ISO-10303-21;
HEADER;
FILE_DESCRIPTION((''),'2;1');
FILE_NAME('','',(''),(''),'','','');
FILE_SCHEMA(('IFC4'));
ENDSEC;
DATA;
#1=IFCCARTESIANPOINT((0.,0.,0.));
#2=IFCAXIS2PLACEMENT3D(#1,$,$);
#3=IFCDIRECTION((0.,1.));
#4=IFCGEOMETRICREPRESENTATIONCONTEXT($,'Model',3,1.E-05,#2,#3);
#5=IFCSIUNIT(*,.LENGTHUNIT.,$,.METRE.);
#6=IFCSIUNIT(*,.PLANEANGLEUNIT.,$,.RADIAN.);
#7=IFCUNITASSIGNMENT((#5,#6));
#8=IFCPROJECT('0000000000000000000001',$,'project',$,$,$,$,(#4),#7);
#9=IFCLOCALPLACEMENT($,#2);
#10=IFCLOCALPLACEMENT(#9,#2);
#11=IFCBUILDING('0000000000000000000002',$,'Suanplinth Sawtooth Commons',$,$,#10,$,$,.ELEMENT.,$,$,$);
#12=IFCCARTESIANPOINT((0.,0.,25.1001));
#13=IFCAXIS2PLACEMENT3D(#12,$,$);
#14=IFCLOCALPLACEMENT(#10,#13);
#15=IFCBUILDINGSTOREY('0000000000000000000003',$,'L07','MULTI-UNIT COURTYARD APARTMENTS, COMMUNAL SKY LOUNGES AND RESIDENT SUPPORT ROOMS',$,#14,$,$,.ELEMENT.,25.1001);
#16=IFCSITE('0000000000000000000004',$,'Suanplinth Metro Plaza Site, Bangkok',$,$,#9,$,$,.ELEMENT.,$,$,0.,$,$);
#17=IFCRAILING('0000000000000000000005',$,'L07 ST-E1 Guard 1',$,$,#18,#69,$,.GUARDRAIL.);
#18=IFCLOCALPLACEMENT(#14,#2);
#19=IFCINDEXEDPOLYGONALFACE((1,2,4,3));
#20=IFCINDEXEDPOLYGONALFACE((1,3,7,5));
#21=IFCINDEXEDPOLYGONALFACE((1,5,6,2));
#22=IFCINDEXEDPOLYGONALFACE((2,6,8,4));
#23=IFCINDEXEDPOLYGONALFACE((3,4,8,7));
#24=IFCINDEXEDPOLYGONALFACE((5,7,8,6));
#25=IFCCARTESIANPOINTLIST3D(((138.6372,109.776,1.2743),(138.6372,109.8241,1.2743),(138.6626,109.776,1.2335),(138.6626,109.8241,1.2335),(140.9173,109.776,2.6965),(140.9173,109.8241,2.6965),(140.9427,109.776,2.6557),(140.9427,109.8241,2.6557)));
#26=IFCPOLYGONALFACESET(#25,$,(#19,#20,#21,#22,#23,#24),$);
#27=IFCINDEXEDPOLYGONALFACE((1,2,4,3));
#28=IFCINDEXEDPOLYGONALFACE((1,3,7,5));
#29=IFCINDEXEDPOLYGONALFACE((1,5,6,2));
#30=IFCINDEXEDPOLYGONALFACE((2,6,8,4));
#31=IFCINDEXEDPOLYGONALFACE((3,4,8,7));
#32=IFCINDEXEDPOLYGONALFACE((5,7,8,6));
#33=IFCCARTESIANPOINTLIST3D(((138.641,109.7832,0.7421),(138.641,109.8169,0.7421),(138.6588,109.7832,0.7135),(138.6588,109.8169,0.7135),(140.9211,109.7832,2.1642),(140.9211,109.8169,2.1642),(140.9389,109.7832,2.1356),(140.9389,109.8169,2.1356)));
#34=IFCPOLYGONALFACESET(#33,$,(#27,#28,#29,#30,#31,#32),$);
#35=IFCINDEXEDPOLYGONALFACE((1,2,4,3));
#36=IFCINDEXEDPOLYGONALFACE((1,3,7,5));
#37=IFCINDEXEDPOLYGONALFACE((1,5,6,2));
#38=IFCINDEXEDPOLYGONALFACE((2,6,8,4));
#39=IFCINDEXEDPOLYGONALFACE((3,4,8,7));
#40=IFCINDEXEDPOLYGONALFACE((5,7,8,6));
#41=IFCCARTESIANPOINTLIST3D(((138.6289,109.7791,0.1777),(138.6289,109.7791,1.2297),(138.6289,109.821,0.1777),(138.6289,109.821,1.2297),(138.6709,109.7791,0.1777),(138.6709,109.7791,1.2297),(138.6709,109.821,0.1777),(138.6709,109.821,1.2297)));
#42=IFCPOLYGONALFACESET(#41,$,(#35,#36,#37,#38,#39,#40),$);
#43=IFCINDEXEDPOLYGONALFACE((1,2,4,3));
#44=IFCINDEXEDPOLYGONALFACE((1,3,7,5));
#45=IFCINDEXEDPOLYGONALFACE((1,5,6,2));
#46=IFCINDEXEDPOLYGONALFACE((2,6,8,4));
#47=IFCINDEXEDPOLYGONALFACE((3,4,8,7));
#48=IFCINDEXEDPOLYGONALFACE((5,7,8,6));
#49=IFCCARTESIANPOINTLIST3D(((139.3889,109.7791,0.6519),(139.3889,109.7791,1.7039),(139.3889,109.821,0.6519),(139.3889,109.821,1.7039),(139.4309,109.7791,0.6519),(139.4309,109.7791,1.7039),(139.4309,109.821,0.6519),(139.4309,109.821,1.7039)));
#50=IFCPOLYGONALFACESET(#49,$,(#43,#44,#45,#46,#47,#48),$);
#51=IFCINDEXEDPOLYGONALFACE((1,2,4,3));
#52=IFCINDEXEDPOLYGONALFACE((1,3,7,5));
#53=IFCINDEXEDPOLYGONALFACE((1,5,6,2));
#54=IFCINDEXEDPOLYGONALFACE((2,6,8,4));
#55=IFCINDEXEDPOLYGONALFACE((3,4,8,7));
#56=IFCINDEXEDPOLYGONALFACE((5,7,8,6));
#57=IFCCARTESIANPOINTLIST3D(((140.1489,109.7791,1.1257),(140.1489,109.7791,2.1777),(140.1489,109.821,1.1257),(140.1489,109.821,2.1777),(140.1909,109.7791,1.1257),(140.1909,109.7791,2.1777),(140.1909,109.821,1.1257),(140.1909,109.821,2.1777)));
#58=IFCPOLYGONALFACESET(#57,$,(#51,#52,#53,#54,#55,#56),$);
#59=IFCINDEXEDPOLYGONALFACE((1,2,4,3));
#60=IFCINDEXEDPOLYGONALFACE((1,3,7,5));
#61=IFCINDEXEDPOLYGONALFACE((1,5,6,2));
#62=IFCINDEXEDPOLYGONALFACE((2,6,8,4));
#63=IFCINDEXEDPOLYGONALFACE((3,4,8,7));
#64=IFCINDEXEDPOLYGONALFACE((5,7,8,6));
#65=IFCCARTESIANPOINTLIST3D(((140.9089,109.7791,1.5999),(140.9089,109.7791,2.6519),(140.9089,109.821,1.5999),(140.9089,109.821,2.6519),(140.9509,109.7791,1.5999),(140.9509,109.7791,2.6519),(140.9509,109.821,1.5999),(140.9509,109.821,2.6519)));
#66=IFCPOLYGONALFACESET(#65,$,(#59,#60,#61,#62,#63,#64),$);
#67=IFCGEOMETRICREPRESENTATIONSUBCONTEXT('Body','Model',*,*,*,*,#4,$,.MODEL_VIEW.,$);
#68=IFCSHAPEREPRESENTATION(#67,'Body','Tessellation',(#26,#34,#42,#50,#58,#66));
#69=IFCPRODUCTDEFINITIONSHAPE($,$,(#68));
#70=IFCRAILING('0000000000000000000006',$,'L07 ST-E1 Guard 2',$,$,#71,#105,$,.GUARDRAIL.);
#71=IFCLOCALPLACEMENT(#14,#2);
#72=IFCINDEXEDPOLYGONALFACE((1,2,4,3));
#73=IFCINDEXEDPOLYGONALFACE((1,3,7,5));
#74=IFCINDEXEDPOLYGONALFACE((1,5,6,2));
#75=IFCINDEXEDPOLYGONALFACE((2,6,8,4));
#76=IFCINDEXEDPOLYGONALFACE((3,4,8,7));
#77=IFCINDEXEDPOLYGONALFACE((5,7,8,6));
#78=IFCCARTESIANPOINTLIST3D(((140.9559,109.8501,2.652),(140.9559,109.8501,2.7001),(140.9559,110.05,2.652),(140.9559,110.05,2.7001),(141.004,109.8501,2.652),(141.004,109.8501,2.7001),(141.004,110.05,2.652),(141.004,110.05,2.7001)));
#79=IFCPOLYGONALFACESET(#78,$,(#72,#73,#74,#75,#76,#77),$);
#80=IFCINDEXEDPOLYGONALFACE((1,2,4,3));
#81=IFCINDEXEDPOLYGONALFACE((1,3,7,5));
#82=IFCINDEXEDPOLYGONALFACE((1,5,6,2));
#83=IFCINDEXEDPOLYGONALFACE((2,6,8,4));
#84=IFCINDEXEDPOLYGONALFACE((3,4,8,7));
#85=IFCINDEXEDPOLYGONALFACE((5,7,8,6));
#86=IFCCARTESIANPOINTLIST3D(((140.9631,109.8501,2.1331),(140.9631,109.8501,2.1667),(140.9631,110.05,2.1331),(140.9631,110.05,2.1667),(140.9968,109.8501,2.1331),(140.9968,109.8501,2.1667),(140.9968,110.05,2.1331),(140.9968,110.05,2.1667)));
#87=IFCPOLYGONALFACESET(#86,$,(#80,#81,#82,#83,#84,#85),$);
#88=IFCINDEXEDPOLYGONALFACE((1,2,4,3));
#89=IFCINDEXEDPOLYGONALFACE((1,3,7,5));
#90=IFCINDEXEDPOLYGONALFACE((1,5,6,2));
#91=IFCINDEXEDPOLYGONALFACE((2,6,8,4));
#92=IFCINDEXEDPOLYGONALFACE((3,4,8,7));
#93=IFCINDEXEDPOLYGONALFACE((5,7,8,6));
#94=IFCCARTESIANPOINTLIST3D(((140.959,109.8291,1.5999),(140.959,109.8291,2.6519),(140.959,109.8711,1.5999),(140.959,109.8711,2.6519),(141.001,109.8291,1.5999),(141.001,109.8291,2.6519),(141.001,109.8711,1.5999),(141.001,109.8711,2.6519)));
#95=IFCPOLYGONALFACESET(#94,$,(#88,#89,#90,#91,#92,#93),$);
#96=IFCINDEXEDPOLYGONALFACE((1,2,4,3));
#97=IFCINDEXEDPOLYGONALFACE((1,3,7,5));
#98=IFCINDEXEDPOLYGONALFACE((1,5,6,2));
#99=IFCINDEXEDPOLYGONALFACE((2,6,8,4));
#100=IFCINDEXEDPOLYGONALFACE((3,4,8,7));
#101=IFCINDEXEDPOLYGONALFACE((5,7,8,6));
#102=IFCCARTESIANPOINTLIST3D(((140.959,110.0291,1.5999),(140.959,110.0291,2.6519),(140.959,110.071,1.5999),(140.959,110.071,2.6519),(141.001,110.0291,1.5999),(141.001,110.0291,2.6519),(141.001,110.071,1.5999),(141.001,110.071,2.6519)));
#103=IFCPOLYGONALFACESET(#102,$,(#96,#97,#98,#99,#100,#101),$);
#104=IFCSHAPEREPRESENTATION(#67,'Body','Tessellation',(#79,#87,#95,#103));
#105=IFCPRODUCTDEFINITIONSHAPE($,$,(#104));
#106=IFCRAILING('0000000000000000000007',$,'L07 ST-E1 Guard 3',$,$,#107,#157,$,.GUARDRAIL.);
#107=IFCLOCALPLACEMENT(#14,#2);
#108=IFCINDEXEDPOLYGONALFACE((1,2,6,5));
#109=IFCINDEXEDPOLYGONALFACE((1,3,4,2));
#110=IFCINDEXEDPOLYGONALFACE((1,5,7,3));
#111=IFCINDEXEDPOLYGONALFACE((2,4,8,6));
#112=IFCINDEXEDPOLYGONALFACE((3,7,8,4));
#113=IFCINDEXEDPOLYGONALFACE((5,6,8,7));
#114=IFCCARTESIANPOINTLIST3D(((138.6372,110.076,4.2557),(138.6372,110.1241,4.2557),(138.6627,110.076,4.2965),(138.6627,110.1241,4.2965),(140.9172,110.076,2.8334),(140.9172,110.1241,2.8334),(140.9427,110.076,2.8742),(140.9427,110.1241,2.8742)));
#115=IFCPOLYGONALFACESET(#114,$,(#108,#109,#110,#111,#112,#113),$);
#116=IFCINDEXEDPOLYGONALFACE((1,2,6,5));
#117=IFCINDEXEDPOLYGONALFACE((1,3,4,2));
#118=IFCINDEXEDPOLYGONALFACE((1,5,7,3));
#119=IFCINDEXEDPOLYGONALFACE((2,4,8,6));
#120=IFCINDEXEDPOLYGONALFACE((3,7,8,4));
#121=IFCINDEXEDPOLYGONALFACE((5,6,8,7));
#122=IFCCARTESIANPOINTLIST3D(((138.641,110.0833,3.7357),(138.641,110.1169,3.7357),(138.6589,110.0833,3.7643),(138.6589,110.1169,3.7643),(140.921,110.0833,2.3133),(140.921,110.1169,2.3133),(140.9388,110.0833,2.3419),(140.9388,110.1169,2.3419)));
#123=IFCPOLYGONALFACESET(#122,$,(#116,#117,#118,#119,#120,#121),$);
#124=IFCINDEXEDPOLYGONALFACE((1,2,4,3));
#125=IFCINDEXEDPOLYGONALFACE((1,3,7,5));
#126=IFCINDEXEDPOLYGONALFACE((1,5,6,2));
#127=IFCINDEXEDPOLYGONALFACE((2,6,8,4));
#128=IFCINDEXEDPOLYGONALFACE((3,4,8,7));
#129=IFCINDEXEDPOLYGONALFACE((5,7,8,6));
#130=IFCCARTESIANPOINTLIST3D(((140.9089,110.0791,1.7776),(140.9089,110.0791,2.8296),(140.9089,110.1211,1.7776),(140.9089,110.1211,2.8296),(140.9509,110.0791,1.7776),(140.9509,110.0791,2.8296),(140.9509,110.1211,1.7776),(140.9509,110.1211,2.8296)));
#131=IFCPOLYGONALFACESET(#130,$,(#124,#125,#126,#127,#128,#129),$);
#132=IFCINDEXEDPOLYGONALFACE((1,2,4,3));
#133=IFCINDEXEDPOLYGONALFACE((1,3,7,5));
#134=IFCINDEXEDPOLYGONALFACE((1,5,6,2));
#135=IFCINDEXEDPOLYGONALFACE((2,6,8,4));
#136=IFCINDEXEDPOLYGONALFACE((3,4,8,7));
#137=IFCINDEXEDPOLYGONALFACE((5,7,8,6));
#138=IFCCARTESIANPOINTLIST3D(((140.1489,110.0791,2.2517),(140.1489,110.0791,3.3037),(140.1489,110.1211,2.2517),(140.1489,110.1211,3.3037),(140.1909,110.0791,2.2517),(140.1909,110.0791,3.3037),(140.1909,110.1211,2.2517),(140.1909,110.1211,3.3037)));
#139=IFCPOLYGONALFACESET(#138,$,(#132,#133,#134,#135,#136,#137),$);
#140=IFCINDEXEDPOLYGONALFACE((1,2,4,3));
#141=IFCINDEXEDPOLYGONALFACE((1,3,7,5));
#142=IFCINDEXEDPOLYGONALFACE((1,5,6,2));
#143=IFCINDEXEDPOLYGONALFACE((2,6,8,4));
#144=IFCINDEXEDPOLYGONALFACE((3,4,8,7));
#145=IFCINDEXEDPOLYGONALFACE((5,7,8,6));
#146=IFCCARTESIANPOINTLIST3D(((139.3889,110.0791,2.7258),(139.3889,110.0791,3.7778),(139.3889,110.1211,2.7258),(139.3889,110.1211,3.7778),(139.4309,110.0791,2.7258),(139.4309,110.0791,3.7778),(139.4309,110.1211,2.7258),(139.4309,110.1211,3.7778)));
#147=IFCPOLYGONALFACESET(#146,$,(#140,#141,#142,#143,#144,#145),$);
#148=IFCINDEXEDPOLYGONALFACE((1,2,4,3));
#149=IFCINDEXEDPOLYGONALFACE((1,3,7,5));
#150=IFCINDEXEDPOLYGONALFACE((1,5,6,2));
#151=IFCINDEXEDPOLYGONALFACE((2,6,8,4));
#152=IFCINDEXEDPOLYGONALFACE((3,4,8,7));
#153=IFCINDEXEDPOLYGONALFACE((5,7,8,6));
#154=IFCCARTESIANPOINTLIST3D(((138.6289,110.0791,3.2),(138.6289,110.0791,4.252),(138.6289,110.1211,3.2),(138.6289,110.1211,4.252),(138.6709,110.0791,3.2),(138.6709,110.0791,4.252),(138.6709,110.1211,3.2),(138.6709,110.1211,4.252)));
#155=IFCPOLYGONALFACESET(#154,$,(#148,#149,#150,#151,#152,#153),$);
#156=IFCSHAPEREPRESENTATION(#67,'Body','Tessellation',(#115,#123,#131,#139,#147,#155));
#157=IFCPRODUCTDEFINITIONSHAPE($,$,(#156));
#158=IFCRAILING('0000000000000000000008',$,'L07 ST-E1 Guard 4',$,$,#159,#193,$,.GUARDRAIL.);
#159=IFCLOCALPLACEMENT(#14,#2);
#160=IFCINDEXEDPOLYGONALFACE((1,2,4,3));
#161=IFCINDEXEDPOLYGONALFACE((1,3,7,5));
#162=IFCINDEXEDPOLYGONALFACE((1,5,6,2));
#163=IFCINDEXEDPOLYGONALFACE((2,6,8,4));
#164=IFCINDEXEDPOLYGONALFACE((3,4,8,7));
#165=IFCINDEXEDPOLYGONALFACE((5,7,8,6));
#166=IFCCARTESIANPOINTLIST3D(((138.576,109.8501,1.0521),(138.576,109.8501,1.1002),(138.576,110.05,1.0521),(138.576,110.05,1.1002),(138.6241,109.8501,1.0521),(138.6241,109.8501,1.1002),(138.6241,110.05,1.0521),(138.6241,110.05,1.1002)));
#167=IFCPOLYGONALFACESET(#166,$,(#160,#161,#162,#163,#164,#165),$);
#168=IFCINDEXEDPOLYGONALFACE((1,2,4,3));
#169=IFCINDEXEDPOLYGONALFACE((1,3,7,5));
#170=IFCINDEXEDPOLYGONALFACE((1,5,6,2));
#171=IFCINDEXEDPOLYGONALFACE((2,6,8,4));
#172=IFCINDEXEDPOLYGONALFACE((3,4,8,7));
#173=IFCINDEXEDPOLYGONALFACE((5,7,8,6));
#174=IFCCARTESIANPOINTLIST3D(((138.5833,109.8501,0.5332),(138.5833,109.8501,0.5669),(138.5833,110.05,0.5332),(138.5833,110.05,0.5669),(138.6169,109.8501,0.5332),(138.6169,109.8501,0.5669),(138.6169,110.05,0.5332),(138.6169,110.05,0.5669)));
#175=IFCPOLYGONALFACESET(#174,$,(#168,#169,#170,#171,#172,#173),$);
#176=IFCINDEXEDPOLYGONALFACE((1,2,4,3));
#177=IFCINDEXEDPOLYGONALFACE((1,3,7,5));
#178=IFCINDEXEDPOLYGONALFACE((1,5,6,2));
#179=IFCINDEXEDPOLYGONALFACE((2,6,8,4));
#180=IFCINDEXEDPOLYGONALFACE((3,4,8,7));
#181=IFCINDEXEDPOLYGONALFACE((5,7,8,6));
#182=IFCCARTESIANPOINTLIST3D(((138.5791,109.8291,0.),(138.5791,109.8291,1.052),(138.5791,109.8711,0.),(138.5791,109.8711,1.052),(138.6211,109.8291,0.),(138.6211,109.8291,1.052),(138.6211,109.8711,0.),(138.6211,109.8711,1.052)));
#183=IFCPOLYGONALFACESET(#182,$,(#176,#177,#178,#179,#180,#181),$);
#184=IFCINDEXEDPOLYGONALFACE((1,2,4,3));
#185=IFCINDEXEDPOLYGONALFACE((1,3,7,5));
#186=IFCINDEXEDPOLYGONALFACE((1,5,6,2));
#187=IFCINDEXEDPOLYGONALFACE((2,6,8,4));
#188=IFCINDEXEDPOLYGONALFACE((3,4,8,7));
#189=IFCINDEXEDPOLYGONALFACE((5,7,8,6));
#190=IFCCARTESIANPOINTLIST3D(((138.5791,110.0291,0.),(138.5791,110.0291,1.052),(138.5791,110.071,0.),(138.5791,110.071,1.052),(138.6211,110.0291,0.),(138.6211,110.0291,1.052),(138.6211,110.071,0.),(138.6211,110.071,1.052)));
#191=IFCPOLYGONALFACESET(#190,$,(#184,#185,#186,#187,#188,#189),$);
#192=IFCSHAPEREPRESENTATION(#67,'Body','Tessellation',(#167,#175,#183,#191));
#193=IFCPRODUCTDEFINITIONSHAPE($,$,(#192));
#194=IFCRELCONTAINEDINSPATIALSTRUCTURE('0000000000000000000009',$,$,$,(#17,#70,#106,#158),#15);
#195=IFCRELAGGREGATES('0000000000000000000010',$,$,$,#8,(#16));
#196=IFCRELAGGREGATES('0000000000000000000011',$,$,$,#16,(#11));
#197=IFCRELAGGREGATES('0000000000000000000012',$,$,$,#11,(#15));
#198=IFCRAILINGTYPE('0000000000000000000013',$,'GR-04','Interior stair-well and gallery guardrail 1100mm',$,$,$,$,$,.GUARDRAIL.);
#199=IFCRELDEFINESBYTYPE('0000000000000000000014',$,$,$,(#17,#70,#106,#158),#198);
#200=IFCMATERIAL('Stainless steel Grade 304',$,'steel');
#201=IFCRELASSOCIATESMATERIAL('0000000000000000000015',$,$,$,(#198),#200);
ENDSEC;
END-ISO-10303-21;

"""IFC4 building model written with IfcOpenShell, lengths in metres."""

from ifc_helpers import new_model, si_unit, direction, frame, origin, origin_2d, place, context, subcontext, project, spatial, rectangle, extrude, material, type_object, element, save


model = new_model("IFC4")

# Units and contexts
model_context = context("Model", 3, precision=1e-05, world=origin(), true_north=direction((0.0, 1.0)))
body_context = subcontext(model_context, "Body", "Model", "MODEL_VIEW")
ifc_project = project(units=[si_unit("LENGTHUNIT", "METRE"), si_unit("PLANEANGLEUNIT", "RADIAN")], contexts=[model_context])

# Site, building, storey
site_placement = place(None, origin())
site = spatial("IfcSite", under=ifc_project, at=site_placement, Name="Suanplinth Metro Plaza Site, Bangkok", CompositionType="ELEMENT", RefElevation=0.0)
building_placement = place(site_placement, origin())
building = spatial("IfcBuilding", under=site, at=building_placement, Name="Suanplinth Sawtooth Commons", CompositionType="ELEMENT")
storey_placement = place(building_placement, frame((0.0, 0.0, 25.1001)))
storey = spatial("IfcBuildingStorey", under=building, at=storey_placement, Name="L07", Description="MULTI-UNIT COURTYARD APARTMENTS, COMMUNAL SKY LOUNGES AND RESIDENT SUPPORT ROOMS", CompositionType="ELEMENT", Elevation=25.1001)

# Shared definitions
ifc_material_1 = material(Name="Stainless steel Grade 304", Category="steel")

# Railings
railing_type_1 = type_object("IfcRailingType", Name="GR-04", Description="Interior stair-well and gallery guardrail 1100mm", PredefinedType="GUARDRAIL", material=ifc_material_1)
railing_1_placement = place(storey_placement, frame((138.6499, 109.8, 0.1777)))
element("IfcRailing", 1, at=railing_1_placement, inside=storey, type_object=railing_type_1, Name="L07 ST-E1 Guard 1", PredefinedType="GUARDRAIL", context=body_context, shape_type="SweptSolid", body=[
    extrude(rectangle(XDim=0.0481, YDim=0.0481, at=origin_2d()), frame((0.0, 0.0, 1.0762), z_axis=(0.848483, 0.0, 0.529223), x_axis=(0.0, 1.0, 0.0)), (0.0, 0.0, 1.0), 2.6873),
    extrude(rectangle(XDim=0.0337, YDim=0.0337, at=origin_2d()), frame((0.0, 0.0, 0.55), z_axis=(0.848483, 0.0, 0.529223), x_axis=(0.0, 1.0, 0.0)), (0.0, 0.0, 1.0), 2.6873),
    extrude(rectangle(XDim=0.042, YDim=0.042, at=origin_2d()), origin(), (0.0, 0.0, 1.0), 1.052),
    extrude(rectangle(XDim=0.042, YDim=0.042, at=origin_2d()), frame((0.76, 0.0, 0.4741)), (0.0, 0.0, 1.0), 1.052),
    extrude(rectangle(XDim=0.042, YDim=0.042, at=origin_2d()), frame((1.52, 0.0, 0.948)), (0.0, 0.0, 1.0), 1.052),
    extrude(rectangle(XDim=0.042, YDim=0.042, at=origin_2d()), frame((2.28, 0.0, 1.4221)), (0.0, 0.0, 1.0), 1.052),
])
railing_2_placement = place(storey_placement, frame((140.98, 109.8501, 1.5999)))
element("IfcRailing", 2, at=railing_2_placement, inside=storey, type_object=railing_type_1, Name="L07 ST-E1 Guard 2", PredefinedType="GUARDRAIL", context=body_context, shape_type="SweptSolid", body=[
    extrude(rectangle(XDim=0.0481, YDim=0.0481, at=origin_2d()), frame((0.0, 0.0, 1.0762), z_axis=(0.0, 1.0, 0.0), x_axis=(-1.0, 0.0, 0.0)), (0.0, 0.0, 1.0), 0.2),
    extrude(rectangle(XDim=0.0337, YDim=0.0337, at=origin_2d()), frame((0.0, 0.0, 0.55), z_axis=(0.0, 1.0, 0.0), x_axis=(-1.0, 0.0, 0.0)), (0.0, 0.0, 1.0), 0.2),
    extrude(rectangle(XDim=0.042, YDim=0.042, at=origin_2d()), origin(), (0.0, 0.0, 1.0), 1.052),
    extrude(rectangle(XDim=0.042, YDim=0.042, at=origin_2d()), frame((0.0, 0.2, 0.0)), (0.0, 0.0, 1.0), 1.052),
])
railing_3_placement = place(storey_placement, frame((140.9299, 110.1001, 1.7776)))
element("IfcRailing", 3, at=railing_3_placement, inside=storey, type_object=railing_type_1, Name="L07 ST-E1 Guard 3", PredefinedType="GUARDRAIL", context=body_context, shape_type="SweptSolid", body=[
    extrude(rectangle(XDim=0.0481, YDim=0.0481, at=origin_2d()), frame((0.0, 0.0, 1.0762), z_axis=(-0.848442, 0.0, 0.529288), x_axis=(0.0, -1.0, 0.0)), (0.0, 0.0, 1.0), 2.6873),
    extrude(rectangle(XDim=0.0337, YDim=0.0337, at=origin_2d()), frame((0.0, 0.0, 0.55), z_axis=(-0.848442, 0.0, 0.529288), x_axis=(0.0, -1.0, 0.0)), (0.0, 0.0, 1.0), 2.6873),
    extrude(rectangle(XDim=0.042, YDim=0.042, at=origin_2d()), origin(), (0.0, 0.0, 1.0), 1.052),
    extrude(rectangle(XDim=0.042, YDim=0.042, at=origin_2d()), frame((-0.76, 0.0, 0.4741)), (0.0, 0.0, 1.0), 1.052),
    extrude(rectangle(XDim=0.042, YDim=0.042, at=origin_2d()), frame((-1.52, 0.0, 0.9482)), (0.0, 0.0, 1.0), 1.052),
    extrude(rectangle(XDim=0.042, YDim=0.042, at=origin_2d()), frame((-2.28, 0.0, 1.4224)), (0.0, 0.0, 1.0), 1.052),
])
railing_4_placement = place(storey_placement, frame((138.6001, 109.8501, 0.0)))
element("IfcRailing", 4, at=railing_4_placement, inside=storey, type_object=railing_type_1, Name="L07 ST-E1 Guard 4", PredefinedType="GUARDRAIL", context=body_context, shape_type="SweptSolid", body=[
    extrude(rectangle(XDim=0.0481, YDim=0.0481, at=origin_2d()), frame((0.0, 0.0, 1.0762), z_axis=(0.0, 1.0, 0.0), x_axis=(-1.0, 0.0, 0.0)), (0.0, 0.0, 1.0), 0.2),
    extrude(rectangle(XDim=0.0337, YDim=0.0337, at=origin_2d()), frame((0.0, 0.0, 0.55), z_axis=(0.0, 1.0, 0.0), x_axis=(-1.0, 0.0, 0.0)), (0.0, 0.0, 1.0), 0.2),
    extrude(rectangle(XDim=0.042, YDim=0.042, at=origin_2d()), origin(), (0.0, 0.0, 1.0), 1.052),
    extrude(rectangle(XDim=0.042, YDim=0.042, at=origin_2d()), frame((0.0, 0.2, 0.0)), (0.0, 0.0, 1.0), 1.052),
])

save(model, "model.ifc")
